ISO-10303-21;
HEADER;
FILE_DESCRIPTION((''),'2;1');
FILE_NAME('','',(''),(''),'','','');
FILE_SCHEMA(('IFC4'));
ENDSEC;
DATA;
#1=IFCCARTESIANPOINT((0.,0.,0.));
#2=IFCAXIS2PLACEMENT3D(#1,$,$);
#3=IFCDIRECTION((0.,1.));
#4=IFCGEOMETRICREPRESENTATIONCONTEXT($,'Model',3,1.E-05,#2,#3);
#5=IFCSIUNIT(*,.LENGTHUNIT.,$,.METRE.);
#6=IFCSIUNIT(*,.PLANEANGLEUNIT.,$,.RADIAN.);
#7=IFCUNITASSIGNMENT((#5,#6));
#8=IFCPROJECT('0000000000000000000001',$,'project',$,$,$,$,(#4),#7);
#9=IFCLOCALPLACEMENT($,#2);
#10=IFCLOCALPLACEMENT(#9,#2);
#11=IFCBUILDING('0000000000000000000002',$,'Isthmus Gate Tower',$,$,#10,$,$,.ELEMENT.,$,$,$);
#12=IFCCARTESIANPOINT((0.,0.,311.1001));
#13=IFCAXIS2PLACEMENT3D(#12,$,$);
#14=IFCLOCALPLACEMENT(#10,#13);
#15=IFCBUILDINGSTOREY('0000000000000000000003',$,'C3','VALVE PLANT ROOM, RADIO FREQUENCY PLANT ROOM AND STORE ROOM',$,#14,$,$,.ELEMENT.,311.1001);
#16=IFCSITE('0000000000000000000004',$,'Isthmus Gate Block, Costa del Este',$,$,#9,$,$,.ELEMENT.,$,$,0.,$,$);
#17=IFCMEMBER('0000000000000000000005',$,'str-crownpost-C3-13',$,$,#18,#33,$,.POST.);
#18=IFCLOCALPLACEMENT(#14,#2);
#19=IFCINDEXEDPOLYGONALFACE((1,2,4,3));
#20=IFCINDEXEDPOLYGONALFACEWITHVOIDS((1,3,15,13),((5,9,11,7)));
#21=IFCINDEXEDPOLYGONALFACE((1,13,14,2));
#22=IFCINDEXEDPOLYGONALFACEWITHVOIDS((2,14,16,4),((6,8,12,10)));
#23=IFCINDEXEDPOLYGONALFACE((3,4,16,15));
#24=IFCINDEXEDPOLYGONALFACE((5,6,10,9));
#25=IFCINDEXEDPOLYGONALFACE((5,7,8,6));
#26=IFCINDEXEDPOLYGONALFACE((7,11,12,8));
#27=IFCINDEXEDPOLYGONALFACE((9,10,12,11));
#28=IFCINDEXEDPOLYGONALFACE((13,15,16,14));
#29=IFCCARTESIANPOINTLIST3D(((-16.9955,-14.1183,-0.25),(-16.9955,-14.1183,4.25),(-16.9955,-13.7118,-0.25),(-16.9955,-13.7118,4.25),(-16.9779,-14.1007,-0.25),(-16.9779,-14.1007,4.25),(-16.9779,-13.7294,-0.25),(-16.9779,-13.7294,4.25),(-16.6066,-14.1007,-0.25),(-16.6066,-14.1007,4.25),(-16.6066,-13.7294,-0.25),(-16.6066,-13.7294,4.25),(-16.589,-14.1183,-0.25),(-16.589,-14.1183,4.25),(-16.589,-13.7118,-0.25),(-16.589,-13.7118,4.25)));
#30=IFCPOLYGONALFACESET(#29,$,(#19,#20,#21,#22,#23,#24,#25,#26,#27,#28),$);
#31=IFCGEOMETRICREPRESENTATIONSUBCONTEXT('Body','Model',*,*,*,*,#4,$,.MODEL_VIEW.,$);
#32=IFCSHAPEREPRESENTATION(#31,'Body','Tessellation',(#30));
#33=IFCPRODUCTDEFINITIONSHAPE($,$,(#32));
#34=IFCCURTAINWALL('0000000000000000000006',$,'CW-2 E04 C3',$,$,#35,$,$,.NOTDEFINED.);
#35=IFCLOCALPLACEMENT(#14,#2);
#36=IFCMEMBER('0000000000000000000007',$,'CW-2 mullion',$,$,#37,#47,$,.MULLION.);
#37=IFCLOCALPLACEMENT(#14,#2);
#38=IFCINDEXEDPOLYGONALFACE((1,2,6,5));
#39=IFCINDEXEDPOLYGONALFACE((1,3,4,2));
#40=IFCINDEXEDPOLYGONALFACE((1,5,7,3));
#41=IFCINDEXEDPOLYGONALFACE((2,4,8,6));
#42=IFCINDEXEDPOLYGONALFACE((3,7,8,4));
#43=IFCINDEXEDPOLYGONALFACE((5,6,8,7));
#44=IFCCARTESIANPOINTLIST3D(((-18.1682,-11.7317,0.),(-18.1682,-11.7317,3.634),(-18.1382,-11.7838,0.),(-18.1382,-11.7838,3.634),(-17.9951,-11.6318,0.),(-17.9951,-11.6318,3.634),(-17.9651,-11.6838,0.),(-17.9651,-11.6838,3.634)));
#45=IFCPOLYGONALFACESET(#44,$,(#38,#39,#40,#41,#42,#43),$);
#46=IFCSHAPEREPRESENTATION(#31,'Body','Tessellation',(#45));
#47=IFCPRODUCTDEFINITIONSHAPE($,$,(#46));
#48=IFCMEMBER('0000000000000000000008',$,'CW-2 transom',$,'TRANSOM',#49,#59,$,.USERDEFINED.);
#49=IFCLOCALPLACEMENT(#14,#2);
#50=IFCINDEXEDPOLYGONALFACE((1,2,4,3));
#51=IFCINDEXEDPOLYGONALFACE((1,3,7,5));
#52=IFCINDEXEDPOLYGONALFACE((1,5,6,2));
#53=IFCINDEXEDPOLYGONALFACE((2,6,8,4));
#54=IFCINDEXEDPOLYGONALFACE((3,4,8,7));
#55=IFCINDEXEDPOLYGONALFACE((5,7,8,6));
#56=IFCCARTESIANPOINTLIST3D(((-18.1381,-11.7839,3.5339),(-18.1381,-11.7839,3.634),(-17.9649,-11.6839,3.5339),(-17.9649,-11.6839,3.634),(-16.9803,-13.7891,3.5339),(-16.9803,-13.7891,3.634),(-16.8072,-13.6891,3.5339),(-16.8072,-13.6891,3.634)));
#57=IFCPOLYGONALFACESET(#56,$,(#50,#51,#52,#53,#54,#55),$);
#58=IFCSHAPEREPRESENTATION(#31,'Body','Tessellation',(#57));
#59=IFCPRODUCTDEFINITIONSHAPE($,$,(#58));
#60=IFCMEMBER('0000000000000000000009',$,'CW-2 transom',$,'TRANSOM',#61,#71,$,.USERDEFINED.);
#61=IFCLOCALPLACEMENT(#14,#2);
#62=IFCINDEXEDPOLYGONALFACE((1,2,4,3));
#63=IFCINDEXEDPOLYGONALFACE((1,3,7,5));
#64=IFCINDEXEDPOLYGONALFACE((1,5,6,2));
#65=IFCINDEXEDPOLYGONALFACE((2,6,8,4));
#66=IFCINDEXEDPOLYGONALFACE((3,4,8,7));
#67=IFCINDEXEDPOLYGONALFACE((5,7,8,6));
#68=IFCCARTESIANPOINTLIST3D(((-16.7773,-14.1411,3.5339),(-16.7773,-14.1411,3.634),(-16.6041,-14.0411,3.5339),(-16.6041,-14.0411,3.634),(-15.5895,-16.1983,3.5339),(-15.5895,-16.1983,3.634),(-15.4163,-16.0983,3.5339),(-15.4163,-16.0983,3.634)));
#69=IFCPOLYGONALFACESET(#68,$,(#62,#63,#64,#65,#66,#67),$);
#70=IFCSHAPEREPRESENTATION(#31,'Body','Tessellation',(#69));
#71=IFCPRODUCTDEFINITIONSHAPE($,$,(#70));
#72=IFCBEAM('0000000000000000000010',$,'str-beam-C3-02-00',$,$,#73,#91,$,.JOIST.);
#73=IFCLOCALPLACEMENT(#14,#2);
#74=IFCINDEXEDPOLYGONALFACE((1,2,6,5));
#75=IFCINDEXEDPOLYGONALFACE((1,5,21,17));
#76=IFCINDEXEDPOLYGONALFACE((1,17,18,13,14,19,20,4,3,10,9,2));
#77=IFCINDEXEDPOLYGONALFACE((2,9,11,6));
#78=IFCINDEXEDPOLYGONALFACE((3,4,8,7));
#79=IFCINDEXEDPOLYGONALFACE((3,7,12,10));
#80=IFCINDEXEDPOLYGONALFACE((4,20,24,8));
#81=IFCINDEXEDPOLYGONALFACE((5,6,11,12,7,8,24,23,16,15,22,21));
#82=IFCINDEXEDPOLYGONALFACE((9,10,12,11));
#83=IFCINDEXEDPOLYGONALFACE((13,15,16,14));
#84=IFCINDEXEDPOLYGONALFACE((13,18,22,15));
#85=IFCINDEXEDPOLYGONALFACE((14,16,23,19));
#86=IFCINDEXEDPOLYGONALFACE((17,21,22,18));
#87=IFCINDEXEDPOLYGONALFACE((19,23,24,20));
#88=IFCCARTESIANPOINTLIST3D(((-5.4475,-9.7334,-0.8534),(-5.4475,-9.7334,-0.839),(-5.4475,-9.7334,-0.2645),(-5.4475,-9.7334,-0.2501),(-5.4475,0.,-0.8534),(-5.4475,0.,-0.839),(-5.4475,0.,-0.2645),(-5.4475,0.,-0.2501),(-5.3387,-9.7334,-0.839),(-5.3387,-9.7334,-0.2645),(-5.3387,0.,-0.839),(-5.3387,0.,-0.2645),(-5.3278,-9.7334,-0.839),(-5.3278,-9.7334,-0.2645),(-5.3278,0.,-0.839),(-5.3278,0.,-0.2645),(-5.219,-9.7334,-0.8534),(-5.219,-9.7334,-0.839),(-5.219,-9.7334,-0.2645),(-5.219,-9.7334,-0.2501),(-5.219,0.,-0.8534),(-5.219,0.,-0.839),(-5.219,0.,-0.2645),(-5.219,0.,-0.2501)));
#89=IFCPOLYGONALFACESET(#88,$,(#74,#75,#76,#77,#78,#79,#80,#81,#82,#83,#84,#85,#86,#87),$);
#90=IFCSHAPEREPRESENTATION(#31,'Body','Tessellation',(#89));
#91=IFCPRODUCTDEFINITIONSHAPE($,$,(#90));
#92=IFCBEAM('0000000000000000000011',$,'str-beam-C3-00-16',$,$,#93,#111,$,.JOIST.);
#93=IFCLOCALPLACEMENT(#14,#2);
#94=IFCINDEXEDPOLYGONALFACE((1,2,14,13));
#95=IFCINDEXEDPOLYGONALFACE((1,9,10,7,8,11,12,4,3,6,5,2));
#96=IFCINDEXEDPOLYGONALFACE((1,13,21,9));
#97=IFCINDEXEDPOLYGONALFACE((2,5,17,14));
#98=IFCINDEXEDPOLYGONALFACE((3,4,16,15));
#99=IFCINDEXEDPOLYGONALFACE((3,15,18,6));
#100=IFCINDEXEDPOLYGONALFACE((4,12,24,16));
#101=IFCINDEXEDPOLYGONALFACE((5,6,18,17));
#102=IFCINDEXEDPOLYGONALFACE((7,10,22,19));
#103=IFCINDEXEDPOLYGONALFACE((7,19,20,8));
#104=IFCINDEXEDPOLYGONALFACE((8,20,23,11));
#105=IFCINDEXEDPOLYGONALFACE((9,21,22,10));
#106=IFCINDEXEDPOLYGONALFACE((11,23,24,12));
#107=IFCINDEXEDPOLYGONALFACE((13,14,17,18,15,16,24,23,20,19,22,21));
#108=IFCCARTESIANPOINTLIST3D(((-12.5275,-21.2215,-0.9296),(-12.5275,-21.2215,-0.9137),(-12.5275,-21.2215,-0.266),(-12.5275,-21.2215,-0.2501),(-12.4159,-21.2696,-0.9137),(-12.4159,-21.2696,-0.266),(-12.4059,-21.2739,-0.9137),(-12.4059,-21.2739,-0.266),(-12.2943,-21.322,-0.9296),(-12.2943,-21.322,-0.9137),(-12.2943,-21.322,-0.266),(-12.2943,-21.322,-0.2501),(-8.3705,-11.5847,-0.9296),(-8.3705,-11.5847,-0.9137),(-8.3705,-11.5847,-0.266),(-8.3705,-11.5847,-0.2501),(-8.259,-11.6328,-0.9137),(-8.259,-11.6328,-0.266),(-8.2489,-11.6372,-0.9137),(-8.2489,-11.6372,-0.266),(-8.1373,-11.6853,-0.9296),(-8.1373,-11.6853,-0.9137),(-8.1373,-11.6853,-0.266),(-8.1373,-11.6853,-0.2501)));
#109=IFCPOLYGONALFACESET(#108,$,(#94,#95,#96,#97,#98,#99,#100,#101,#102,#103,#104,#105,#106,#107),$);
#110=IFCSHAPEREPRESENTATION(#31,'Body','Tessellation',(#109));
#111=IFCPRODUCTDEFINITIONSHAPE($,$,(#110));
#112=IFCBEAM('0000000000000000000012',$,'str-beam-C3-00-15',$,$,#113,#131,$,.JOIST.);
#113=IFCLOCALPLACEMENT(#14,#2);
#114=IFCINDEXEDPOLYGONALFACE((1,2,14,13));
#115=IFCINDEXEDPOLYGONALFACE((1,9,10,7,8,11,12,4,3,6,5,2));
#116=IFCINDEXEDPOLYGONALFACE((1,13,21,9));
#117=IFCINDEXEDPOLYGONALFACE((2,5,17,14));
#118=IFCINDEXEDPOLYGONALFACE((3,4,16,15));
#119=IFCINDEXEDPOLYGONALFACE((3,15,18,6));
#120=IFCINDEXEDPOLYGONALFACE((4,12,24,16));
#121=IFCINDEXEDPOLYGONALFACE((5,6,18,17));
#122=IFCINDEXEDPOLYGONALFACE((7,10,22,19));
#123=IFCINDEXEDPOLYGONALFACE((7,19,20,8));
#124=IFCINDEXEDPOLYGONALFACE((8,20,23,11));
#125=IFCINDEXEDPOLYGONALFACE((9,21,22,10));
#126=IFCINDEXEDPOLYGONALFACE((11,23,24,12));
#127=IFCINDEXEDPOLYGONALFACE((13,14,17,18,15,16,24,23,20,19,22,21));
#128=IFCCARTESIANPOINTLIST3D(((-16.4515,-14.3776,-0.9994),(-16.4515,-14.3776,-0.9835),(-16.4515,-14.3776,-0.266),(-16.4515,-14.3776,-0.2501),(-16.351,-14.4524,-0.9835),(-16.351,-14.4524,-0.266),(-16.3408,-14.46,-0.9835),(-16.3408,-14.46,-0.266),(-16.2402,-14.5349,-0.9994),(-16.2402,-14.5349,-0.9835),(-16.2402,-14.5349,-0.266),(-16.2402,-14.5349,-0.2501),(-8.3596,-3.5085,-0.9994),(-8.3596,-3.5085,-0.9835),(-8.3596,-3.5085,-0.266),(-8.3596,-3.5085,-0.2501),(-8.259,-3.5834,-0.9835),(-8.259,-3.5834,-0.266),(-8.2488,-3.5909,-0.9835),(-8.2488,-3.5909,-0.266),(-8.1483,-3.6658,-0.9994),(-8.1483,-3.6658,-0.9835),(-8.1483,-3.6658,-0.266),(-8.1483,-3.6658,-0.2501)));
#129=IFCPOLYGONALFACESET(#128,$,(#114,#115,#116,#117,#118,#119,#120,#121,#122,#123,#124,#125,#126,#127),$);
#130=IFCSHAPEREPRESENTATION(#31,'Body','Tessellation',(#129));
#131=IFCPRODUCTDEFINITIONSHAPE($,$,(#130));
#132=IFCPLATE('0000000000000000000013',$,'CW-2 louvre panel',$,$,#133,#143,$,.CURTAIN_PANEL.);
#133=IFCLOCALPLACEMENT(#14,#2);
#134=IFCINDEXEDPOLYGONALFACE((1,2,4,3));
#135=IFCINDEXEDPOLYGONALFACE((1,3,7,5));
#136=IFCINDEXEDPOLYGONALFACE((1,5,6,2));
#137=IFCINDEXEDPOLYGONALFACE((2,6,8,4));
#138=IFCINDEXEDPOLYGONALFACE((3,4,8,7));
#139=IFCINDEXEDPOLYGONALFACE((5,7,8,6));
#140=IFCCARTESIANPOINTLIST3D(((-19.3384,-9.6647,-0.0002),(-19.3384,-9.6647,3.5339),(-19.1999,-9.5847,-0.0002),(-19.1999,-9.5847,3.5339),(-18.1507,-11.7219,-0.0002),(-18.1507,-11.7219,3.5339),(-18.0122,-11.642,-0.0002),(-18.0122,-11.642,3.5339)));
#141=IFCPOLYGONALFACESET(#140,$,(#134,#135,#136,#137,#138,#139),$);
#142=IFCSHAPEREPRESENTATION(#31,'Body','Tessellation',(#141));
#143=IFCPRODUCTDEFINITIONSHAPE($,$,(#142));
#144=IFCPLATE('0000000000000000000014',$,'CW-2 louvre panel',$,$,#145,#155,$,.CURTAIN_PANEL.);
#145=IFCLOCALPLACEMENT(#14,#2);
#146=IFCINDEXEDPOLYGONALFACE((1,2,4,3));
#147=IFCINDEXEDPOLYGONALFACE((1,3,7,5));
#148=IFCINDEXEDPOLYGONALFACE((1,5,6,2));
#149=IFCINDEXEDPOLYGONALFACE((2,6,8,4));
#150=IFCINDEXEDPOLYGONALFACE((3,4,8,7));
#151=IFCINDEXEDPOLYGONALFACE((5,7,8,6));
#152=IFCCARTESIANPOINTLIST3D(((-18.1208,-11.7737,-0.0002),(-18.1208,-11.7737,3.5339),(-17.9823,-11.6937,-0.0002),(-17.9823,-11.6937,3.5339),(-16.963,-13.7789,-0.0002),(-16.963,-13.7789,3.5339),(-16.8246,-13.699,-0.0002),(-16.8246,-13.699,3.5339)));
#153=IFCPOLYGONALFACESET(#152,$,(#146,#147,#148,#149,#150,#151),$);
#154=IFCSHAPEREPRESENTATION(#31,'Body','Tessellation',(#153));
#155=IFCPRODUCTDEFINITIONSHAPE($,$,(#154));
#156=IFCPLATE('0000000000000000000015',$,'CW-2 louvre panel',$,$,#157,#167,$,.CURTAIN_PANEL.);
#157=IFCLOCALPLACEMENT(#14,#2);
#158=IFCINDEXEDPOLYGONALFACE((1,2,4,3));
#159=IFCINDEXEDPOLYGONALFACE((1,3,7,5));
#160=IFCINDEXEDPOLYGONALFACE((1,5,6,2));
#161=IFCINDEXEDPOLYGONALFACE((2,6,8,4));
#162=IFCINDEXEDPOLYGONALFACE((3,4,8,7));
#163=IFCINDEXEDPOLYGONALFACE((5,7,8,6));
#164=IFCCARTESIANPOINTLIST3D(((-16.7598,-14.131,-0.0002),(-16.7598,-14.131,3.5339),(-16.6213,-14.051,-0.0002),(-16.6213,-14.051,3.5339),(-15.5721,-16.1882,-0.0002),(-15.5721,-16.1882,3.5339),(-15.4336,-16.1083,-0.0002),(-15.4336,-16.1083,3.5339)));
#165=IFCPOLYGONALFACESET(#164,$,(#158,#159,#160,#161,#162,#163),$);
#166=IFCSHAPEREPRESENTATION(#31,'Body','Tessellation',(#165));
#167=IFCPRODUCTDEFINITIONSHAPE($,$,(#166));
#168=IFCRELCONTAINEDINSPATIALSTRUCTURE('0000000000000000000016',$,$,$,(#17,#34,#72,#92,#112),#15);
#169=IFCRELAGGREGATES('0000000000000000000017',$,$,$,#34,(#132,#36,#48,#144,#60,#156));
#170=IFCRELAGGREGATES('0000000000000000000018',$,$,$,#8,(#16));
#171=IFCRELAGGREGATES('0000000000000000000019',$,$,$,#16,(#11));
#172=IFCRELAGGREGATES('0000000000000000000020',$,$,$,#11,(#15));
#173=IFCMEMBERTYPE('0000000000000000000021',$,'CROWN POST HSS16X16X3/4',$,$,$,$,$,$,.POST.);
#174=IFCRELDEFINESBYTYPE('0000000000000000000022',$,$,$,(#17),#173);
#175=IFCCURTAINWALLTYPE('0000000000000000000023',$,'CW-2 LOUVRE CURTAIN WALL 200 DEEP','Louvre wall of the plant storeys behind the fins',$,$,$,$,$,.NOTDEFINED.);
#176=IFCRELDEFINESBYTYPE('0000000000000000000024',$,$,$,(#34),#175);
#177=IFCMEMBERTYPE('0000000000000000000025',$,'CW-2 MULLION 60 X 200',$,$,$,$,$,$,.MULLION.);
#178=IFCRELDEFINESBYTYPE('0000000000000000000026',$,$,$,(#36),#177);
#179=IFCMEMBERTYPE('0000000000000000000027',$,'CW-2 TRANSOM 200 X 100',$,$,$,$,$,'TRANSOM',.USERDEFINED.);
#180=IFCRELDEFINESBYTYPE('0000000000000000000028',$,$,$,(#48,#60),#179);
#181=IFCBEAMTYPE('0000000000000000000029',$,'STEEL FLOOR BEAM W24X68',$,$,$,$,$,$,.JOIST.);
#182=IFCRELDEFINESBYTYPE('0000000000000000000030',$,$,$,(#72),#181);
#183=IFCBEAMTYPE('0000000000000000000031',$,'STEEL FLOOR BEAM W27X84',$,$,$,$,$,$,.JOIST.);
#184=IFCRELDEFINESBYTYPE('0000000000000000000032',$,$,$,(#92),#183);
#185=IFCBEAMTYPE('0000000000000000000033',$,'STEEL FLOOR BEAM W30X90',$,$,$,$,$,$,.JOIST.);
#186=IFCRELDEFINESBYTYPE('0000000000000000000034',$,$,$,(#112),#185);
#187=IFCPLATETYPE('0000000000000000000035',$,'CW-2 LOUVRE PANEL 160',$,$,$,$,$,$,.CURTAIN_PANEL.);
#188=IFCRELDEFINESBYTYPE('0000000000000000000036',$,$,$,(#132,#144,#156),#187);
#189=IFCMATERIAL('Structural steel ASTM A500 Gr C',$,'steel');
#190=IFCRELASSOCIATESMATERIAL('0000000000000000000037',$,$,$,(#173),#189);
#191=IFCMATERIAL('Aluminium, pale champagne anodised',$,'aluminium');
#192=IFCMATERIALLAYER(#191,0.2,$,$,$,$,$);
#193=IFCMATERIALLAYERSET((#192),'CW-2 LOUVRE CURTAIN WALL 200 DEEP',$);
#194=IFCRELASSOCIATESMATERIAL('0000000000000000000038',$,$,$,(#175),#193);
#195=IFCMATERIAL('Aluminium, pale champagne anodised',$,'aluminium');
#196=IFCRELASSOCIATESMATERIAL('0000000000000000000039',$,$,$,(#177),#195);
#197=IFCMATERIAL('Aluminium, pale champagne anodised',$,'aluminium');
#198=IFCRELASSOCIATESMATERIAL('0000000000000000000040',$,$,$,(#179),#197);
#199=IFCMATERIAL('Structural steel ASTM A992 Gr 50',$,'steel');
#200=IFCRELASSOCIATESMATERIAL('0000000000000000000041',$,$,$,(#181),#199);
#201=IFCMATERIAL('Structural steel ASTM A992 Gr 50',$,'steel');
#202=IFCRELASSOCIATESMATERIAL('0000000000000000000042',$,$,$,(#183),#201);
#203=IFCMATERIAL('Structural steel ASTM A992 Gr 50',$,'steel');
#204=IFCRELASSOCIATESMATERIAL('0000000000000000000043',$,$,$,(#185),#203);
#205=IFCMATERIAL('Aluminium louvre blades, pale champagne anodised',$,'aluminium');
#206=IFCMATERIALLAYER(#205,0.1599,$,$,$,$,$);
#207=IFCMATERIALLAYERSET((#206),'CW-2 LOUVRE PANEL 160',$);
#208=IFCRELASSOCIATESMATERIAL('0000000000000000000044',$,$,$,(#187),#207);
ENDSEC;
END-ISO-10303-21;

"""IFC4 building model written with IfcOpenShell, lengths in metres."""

from ifc_helpers import new_model, si_unit, direction, frame, origin, origin_2d, place, context, subcontext, project, spatial, rectangle, hollow_rectangle, i_section, extrude, material, layer, layer_set, material_profile, profile_set, type_object, element, aggregate, save


model = new_model("IFC4")

# Units and contexts
model_context = context("Model", 3, precision=1e-05, world=origin(), true_north=direction((0.0, 1.0)))
body_context = subcontext(model_context, "Body", "Model", "MODEL_VIEW")
ifc_project = project(units=[si_unit("LENGTHUNIT", "METRE"), si_unit("PLANEANGLEUNIT", "RADIAN")], contexts=[model_context])

# Site, building, storey
site_placement = place(None, origin())
site = spatial("IfcSite", under=ifc_project, at=site_placement, Name="Isthmus Gate Block, Costa del Este", CompositionType="ELEMENT", RefElevation=0.0)
building_placement = place(site_placement, origin())
building = spatial("IfcBuilding", under=site, at=building_placement, Name="Isthmus Gate Tower", CompositionType="ELEMENT")
storey_placement = place(building_placement, frame((0.0, 0.0, 311.1001)))
storey = spatial("IfcBuildingStorey", under=building, at=storey_placement, Name="C3", Description="VALVE PLANT ROOM, RADIO FREQUENCY PLANT ROOM AND STORE ROOM", CompositionType="ELEMENT", Elevation=311.1001)

# Member
ifc_material_1 = material(Name="Structural steel ASTM A500 Gr C", Category="steel")
ifc_material_profile_1 = material_profile(ifc_material_1, hollow_rectangle(XDim=0.4065, YDim=0.4065, WallThickness=0.0176, at=origin_2d()), Name="HSS16X16X3/4")
ifc_profile_set_1 = profile_set([ifc_material_profile_1], Name="Structural steel ASTM A500 Gr C")
member_type_1 = type_object("IfcMemberType", Name="CROWN POST HSS16X16X3/4", PredefinedType="POST", material=ifc_profile_set_1)
member_1_placement = place(storey_placement, frame((-16.7922, -13.915, -0.25), z_axis=(0.0, 0.0, 1.0), x_axis=(1.0, 0.0, 0.0)))
element("IfcMember", 1, at=member_1_placement, inside=storey, type_object=member_type_1, Name="str-crownpost-C3-13", PredefinedType="POST", context=body_context, shape_type="SweptSolid", body=[
    extrude(hollow_rectangle(XDim=0.4065, YDim=0.4065, WallThickness=0.0176, at=origin_2d()), origin(), (0.0, 0.0, 1.0), 4.5),
])

# Curtain wall, members
ifc_material_2 = material(Name="Aluminium, pale champagne anodised", Category="aluminium")
ifc_layer_1 = layer(ifc_material_2, 0.2)
ifc_layer_set_1 = layer_set([ifc_layer_1], Name="CW-2 LOUVRE CURTAIN WALL 200 DEEP")
curtain_wall_type = type_object("IfcCurtainWallType", Name="CW-2 LOUVRE CURTAIN WALL 200 DEEP", Description="Louvre wall of the plant storeys behind the fins", PredefinedType="NOTDEFINED", material=ifc_layer_set_1)
curtain_wall_placement = place(storey_placement, origin())
curtain_wall = element("IfcCurtainWall", 2, at=curtain_wall_placement, inside=storey, type_object=curtain_wall_type, Name="CW-2 E04 C3", PredefinedType="NOTDEFINED")
ifc_material_3 = material(Name="Aluminium, pale champagne anodised", Category="aluminium")
ifc_material_profile_2 = material_profile(ifc_material_3, rectangle(XDim=0.0601, YDim=0.2, at=origin_2d()), Name="60x200")
ifc_profile_set_2 = profile_set([ifc_material_profile_2], Name="Aluminium, pale champagne anodised")
member_type_2 = type_object("IfcMemberType", Name="CW-2 MULLION 60 X 200", PredefinedType="MULLION", material=ifc_profile_set_2)
member_2_placement = place(storey_placement, frame((-18.0667, -11.7078, 0.0), z_axis=(0.0, 0.0, 1.0), x_axis=(0.5, -0.866025, 0.0)))
member_2 = element("IfcMember", 3, at=member_2_placement, type_object=member_type_2, Name="CW-2 mullion", PredefinedType="MULLION", context=body_context, shape_type="SweptSolid", body=[
    extrude(rectangle(XDim=0.0601, YDim=0.2, at=origin_2d()), origin(), (0.0, 0.0, 1.0), 3.634),
])
ifc_material_4 = material(Name="Aluminium, pale champagne anodised", Category="aluminium")
ifc_material_profile_3 = material_profile(ifc_material_4, rectangle(XDim=0.2, YDim=0.1001, at=origin_2d()), Name="200x100")
ifc_profile_set_3 = profile_set([ifc_material_profile_3], Name="Aluminium, pale champagne anodised")
member_type_3 = type_object("IfcMemberType", Name="CW-2 TRANSOM 200 X 100", ElementType="TRANSOM", PredefinedType="USERDEFINED", material=ifc_profile_set_3)
member_3_placement = place(storey_placement, frame((-18.0515, -11.7339, 3.584), z_axis=(0.500018, -0.866015, 0.0), x_axis=(0.866015, 0.500018, 0.0)))
member_3 = element("IfcMember", 4, at=member_3_placement, type_object=member_type_3, Name="CW-2 transom", ObjectType="TRANSOM", PredefinedType="USERDEFINED", context=body_context, shape_type="SweptSolid", body=[
    extrude(rectangle(XDim=0.2, YDim=0.1001, at=origin_2d()), origin(), (0.0, 0.0, 1.0), 2.3154),
])
member_4_placement = place(storey_placement, frame((-16.6907, -14.0911, 3.584), z_axis=(0.500019, -0.866014, 0.0), x_axis=(0.866014, 0.500019, 0.0)))
member_4 = element("IfcMember", 5, at=member_4_placement, type_object=member_type_3, Name="CW-2 transom", ObjectType="TRANSOM", PredefinedType="USERDEFINED", context=body_context, shape_type="SweptSolid", body=[
    extrude(rectangle(XDim=0.2, YDim=0.1001, at=origin_2d()), origin(), (0.0, 0.0, 1.0), 2.3755),
])

# Beams
ifc_material_5 = material(Name="Structural steel ASTM A992 Gr 50", Category="steel")
ifc_material_profile_4 = material_profile(ifc_material_5, i_section(OverallWidth=0.2285, OverallDepth=0.6033, WebThickness=0.011, FlangeThickness=0.0144, at=origin_2d()), Name="W24X68")
ifc_profile_set_4 = profile_set([ifc_material_profile_4], Name="Structural steel ASTM A992 Gr 50")
beam_type_1 = type_object("IfcBeamType", Name="STEEL FLOOR BEAM W24X68", PredefinedType="JOIST", material=ifc_profile_set_4)
beam_1_placement = place(storey_placement, frame((-5.3333, -9.7334, -0.5518), z_axis=(0.0, 1.0, 0.0), x_axis=(-1.0, 0.0, 0.0)))
element("IfcBeam", 6, at=beam_1_placement, inside=storey, type_object=beam_type_1, Name="str-beam-C3-02-00", PredefinedType="JOIST", context=body_context, shape_type="SweptSolid", body=[
    extrude(i_section(OverallWidth=0.2285, OverallDepth=0.6033, WebThickness=0.011, FlangeThickness=0.0144, at=origin_2d()), origin(), (0.0, 0.0, 1.0), 9.7334),
])
ifc_material_6 = material(Name="Structural steel ASTM A992 Gr 50", Category="steel")
ifc_material_profile_5 = material_profile(ifc_material_6, i_section(OverallWidth=0.2539, OverallDepth=0.6794, WebThickness=0.011, FlangeThickness=0.0159, at=origin_2d()), Name="W27X84")
ifc_profile_set_5 = profile_set([ifc_material_profile_5], Name="Structural steel ASTM A992 Gr 50")
beam_type_2 = type_object("IfcBeamType", Name="STEEL FLOOR BEAM W27X84", PredefinedType="JOIST", material=ifc_profile_set_5)
beam_2_placement = place(storey_placement, frame((-8.2539, -11.635, -0.5898), z_axis=(-0.396088, -0.918212, 0.0), x_axis=(0.918212, -0.396088, 0.0)))
element("IfcBeam", 7, at=beam_2_placement, inside=storey, type_object=beam_type_2, Name="str-beam-C3-00-16", PredefinedType="JOIST", context=body_context, shape_type="SweptSolid", body=[
    extrude(i_section(OverallWidth=0.2539, OverallDepth=0.6794, WebThickness=0.011, FlangeThickness=0.0159, at=origin_2d()), origin(), (0.0, 0.0, 1.0), 10.4951),
])
ifc_material_7 = material(Name="Structural steel ASTM A992 Gr 50", Category="steel")
ifc_material_profile_6 = material_profile(ifc_material_7, i_section(OverallWidth=0.2634, OverallDepth=0.7493, WebThickness=0.0127, FlangeThickness=0.0159, at=origin_2d()), Name="W30X90")
ifc_profile_set_6 = profile_set([ifc_material_profile_6], Name="Structural steel ASTM A992 Gr 50")
beam_type_3 = type_object("IfcBeamType", Name="STEEL FLOOR BEAM W30X90", PredefinedType="JOIST", material=ifc_profile_set_6)
beam_3_placement = place(storey_placement, frame((-8.2539, -3.5872, -0.6248), z_axis=(-0.597171, -0.802114, 0.0), x_axis=(0.802114, -0.597171, 0.0)))
element("IfcBeam", 8, at=beam_3_placement, inside=storey, type_object=beam_type_3, Name="str-beam-C3-00-15", PredefinedType="JOIST", context=body_context, shape_type="SweptSolid", body=[
    extrude(i_section(OverallWidth=0.2634, OverallDepth=0.7493, WebThickness=0.0127, FlangeThickness=0.0159, at=origin_2d()), origin(), (0.0, 0.0, 1.0), 13.5505),
])

# Plates
ifc_material_8 = material(Name="Aluminium louvre blades, pale champagne anodised", Category="aluminium")
ifc_layer_2 = layer(ifc_material_8, 0.1599)
ifc_layer_set_2 = layer_set([ifc_layer_2], Name="CW-2 LOUVRE PANEL 160")
plate_type = type_object("IfcPlateType", Name="CW-2 LOUVRE PANEL 160", PredefinedType="CURTAIN_PANEL", material=ifc_layer_set_2)
plate_1_placement = place(storey_placement, frame((-18.6753, -10.6533, -0.0002), z_axis=(0.0, 0.0, 1.0), x_axis=(0.5, -0.866025, 0.0)))
plate_1 = element("IfcPlate", 9, at=plate_1_placement, type_object=plate_type, Name="CW-2 louvre panel", PredefinedType="CURTAIN_PANEL", context=body_context, shape_type="SweptSolid", body=[
    extrude(rectangle(XDim=2.3755, YDim=0.1599, at=origin_2d()), origin(), (0.0, 0.0, 1.0), 3.5342),
])
plate_2_placement = place(storey_placement, frame((-17.4727, -12.7363, -0.0002), z_axis=(0.0, 0.0, 1.0), x_axis=(0.5, -0.866025, 0.0)))
plate_2 = element("IfcPlate", 10, at=plate_2_placement, type_object=plate_type, Name="CW-2 louvre panel", PredefinedType="CURTAIN_PANEL", context=body_context, shape_type="SweptSolid", body=[
    extrude(rectangle(XDim=2.3154, YDim=0.1599, at=origin_2d()), origin(), (0.0, 0.0, 1.0), 3.5342),
])
plate_3_placement = place(storey_placement, frame((-16.0967, -15.1196, -0.0002), z_axis=(0.0, 0.0, 1.0), x_axis=(0.5, -0.866025, 0.0)))
plate_3 = element("IfcPlate", 11, at=plate_3_placement, type_object=plate_type, Name="CW-2 louvre panel", PredefinedType="CURTAIN_PANEL", context=body_context, shape_type="SweptSolid", body=[
    extrude(rectangle(XDim=2.3755, YDim=0.1599, at=origin_2d()), origin(), (0.0, 0.0, 1.0), 3.5342),
])
aggregate(curtain_wall, [plate_1, member_2, member_3, plate_2, member_4, plate_3])

save(model, "model.ifc")
